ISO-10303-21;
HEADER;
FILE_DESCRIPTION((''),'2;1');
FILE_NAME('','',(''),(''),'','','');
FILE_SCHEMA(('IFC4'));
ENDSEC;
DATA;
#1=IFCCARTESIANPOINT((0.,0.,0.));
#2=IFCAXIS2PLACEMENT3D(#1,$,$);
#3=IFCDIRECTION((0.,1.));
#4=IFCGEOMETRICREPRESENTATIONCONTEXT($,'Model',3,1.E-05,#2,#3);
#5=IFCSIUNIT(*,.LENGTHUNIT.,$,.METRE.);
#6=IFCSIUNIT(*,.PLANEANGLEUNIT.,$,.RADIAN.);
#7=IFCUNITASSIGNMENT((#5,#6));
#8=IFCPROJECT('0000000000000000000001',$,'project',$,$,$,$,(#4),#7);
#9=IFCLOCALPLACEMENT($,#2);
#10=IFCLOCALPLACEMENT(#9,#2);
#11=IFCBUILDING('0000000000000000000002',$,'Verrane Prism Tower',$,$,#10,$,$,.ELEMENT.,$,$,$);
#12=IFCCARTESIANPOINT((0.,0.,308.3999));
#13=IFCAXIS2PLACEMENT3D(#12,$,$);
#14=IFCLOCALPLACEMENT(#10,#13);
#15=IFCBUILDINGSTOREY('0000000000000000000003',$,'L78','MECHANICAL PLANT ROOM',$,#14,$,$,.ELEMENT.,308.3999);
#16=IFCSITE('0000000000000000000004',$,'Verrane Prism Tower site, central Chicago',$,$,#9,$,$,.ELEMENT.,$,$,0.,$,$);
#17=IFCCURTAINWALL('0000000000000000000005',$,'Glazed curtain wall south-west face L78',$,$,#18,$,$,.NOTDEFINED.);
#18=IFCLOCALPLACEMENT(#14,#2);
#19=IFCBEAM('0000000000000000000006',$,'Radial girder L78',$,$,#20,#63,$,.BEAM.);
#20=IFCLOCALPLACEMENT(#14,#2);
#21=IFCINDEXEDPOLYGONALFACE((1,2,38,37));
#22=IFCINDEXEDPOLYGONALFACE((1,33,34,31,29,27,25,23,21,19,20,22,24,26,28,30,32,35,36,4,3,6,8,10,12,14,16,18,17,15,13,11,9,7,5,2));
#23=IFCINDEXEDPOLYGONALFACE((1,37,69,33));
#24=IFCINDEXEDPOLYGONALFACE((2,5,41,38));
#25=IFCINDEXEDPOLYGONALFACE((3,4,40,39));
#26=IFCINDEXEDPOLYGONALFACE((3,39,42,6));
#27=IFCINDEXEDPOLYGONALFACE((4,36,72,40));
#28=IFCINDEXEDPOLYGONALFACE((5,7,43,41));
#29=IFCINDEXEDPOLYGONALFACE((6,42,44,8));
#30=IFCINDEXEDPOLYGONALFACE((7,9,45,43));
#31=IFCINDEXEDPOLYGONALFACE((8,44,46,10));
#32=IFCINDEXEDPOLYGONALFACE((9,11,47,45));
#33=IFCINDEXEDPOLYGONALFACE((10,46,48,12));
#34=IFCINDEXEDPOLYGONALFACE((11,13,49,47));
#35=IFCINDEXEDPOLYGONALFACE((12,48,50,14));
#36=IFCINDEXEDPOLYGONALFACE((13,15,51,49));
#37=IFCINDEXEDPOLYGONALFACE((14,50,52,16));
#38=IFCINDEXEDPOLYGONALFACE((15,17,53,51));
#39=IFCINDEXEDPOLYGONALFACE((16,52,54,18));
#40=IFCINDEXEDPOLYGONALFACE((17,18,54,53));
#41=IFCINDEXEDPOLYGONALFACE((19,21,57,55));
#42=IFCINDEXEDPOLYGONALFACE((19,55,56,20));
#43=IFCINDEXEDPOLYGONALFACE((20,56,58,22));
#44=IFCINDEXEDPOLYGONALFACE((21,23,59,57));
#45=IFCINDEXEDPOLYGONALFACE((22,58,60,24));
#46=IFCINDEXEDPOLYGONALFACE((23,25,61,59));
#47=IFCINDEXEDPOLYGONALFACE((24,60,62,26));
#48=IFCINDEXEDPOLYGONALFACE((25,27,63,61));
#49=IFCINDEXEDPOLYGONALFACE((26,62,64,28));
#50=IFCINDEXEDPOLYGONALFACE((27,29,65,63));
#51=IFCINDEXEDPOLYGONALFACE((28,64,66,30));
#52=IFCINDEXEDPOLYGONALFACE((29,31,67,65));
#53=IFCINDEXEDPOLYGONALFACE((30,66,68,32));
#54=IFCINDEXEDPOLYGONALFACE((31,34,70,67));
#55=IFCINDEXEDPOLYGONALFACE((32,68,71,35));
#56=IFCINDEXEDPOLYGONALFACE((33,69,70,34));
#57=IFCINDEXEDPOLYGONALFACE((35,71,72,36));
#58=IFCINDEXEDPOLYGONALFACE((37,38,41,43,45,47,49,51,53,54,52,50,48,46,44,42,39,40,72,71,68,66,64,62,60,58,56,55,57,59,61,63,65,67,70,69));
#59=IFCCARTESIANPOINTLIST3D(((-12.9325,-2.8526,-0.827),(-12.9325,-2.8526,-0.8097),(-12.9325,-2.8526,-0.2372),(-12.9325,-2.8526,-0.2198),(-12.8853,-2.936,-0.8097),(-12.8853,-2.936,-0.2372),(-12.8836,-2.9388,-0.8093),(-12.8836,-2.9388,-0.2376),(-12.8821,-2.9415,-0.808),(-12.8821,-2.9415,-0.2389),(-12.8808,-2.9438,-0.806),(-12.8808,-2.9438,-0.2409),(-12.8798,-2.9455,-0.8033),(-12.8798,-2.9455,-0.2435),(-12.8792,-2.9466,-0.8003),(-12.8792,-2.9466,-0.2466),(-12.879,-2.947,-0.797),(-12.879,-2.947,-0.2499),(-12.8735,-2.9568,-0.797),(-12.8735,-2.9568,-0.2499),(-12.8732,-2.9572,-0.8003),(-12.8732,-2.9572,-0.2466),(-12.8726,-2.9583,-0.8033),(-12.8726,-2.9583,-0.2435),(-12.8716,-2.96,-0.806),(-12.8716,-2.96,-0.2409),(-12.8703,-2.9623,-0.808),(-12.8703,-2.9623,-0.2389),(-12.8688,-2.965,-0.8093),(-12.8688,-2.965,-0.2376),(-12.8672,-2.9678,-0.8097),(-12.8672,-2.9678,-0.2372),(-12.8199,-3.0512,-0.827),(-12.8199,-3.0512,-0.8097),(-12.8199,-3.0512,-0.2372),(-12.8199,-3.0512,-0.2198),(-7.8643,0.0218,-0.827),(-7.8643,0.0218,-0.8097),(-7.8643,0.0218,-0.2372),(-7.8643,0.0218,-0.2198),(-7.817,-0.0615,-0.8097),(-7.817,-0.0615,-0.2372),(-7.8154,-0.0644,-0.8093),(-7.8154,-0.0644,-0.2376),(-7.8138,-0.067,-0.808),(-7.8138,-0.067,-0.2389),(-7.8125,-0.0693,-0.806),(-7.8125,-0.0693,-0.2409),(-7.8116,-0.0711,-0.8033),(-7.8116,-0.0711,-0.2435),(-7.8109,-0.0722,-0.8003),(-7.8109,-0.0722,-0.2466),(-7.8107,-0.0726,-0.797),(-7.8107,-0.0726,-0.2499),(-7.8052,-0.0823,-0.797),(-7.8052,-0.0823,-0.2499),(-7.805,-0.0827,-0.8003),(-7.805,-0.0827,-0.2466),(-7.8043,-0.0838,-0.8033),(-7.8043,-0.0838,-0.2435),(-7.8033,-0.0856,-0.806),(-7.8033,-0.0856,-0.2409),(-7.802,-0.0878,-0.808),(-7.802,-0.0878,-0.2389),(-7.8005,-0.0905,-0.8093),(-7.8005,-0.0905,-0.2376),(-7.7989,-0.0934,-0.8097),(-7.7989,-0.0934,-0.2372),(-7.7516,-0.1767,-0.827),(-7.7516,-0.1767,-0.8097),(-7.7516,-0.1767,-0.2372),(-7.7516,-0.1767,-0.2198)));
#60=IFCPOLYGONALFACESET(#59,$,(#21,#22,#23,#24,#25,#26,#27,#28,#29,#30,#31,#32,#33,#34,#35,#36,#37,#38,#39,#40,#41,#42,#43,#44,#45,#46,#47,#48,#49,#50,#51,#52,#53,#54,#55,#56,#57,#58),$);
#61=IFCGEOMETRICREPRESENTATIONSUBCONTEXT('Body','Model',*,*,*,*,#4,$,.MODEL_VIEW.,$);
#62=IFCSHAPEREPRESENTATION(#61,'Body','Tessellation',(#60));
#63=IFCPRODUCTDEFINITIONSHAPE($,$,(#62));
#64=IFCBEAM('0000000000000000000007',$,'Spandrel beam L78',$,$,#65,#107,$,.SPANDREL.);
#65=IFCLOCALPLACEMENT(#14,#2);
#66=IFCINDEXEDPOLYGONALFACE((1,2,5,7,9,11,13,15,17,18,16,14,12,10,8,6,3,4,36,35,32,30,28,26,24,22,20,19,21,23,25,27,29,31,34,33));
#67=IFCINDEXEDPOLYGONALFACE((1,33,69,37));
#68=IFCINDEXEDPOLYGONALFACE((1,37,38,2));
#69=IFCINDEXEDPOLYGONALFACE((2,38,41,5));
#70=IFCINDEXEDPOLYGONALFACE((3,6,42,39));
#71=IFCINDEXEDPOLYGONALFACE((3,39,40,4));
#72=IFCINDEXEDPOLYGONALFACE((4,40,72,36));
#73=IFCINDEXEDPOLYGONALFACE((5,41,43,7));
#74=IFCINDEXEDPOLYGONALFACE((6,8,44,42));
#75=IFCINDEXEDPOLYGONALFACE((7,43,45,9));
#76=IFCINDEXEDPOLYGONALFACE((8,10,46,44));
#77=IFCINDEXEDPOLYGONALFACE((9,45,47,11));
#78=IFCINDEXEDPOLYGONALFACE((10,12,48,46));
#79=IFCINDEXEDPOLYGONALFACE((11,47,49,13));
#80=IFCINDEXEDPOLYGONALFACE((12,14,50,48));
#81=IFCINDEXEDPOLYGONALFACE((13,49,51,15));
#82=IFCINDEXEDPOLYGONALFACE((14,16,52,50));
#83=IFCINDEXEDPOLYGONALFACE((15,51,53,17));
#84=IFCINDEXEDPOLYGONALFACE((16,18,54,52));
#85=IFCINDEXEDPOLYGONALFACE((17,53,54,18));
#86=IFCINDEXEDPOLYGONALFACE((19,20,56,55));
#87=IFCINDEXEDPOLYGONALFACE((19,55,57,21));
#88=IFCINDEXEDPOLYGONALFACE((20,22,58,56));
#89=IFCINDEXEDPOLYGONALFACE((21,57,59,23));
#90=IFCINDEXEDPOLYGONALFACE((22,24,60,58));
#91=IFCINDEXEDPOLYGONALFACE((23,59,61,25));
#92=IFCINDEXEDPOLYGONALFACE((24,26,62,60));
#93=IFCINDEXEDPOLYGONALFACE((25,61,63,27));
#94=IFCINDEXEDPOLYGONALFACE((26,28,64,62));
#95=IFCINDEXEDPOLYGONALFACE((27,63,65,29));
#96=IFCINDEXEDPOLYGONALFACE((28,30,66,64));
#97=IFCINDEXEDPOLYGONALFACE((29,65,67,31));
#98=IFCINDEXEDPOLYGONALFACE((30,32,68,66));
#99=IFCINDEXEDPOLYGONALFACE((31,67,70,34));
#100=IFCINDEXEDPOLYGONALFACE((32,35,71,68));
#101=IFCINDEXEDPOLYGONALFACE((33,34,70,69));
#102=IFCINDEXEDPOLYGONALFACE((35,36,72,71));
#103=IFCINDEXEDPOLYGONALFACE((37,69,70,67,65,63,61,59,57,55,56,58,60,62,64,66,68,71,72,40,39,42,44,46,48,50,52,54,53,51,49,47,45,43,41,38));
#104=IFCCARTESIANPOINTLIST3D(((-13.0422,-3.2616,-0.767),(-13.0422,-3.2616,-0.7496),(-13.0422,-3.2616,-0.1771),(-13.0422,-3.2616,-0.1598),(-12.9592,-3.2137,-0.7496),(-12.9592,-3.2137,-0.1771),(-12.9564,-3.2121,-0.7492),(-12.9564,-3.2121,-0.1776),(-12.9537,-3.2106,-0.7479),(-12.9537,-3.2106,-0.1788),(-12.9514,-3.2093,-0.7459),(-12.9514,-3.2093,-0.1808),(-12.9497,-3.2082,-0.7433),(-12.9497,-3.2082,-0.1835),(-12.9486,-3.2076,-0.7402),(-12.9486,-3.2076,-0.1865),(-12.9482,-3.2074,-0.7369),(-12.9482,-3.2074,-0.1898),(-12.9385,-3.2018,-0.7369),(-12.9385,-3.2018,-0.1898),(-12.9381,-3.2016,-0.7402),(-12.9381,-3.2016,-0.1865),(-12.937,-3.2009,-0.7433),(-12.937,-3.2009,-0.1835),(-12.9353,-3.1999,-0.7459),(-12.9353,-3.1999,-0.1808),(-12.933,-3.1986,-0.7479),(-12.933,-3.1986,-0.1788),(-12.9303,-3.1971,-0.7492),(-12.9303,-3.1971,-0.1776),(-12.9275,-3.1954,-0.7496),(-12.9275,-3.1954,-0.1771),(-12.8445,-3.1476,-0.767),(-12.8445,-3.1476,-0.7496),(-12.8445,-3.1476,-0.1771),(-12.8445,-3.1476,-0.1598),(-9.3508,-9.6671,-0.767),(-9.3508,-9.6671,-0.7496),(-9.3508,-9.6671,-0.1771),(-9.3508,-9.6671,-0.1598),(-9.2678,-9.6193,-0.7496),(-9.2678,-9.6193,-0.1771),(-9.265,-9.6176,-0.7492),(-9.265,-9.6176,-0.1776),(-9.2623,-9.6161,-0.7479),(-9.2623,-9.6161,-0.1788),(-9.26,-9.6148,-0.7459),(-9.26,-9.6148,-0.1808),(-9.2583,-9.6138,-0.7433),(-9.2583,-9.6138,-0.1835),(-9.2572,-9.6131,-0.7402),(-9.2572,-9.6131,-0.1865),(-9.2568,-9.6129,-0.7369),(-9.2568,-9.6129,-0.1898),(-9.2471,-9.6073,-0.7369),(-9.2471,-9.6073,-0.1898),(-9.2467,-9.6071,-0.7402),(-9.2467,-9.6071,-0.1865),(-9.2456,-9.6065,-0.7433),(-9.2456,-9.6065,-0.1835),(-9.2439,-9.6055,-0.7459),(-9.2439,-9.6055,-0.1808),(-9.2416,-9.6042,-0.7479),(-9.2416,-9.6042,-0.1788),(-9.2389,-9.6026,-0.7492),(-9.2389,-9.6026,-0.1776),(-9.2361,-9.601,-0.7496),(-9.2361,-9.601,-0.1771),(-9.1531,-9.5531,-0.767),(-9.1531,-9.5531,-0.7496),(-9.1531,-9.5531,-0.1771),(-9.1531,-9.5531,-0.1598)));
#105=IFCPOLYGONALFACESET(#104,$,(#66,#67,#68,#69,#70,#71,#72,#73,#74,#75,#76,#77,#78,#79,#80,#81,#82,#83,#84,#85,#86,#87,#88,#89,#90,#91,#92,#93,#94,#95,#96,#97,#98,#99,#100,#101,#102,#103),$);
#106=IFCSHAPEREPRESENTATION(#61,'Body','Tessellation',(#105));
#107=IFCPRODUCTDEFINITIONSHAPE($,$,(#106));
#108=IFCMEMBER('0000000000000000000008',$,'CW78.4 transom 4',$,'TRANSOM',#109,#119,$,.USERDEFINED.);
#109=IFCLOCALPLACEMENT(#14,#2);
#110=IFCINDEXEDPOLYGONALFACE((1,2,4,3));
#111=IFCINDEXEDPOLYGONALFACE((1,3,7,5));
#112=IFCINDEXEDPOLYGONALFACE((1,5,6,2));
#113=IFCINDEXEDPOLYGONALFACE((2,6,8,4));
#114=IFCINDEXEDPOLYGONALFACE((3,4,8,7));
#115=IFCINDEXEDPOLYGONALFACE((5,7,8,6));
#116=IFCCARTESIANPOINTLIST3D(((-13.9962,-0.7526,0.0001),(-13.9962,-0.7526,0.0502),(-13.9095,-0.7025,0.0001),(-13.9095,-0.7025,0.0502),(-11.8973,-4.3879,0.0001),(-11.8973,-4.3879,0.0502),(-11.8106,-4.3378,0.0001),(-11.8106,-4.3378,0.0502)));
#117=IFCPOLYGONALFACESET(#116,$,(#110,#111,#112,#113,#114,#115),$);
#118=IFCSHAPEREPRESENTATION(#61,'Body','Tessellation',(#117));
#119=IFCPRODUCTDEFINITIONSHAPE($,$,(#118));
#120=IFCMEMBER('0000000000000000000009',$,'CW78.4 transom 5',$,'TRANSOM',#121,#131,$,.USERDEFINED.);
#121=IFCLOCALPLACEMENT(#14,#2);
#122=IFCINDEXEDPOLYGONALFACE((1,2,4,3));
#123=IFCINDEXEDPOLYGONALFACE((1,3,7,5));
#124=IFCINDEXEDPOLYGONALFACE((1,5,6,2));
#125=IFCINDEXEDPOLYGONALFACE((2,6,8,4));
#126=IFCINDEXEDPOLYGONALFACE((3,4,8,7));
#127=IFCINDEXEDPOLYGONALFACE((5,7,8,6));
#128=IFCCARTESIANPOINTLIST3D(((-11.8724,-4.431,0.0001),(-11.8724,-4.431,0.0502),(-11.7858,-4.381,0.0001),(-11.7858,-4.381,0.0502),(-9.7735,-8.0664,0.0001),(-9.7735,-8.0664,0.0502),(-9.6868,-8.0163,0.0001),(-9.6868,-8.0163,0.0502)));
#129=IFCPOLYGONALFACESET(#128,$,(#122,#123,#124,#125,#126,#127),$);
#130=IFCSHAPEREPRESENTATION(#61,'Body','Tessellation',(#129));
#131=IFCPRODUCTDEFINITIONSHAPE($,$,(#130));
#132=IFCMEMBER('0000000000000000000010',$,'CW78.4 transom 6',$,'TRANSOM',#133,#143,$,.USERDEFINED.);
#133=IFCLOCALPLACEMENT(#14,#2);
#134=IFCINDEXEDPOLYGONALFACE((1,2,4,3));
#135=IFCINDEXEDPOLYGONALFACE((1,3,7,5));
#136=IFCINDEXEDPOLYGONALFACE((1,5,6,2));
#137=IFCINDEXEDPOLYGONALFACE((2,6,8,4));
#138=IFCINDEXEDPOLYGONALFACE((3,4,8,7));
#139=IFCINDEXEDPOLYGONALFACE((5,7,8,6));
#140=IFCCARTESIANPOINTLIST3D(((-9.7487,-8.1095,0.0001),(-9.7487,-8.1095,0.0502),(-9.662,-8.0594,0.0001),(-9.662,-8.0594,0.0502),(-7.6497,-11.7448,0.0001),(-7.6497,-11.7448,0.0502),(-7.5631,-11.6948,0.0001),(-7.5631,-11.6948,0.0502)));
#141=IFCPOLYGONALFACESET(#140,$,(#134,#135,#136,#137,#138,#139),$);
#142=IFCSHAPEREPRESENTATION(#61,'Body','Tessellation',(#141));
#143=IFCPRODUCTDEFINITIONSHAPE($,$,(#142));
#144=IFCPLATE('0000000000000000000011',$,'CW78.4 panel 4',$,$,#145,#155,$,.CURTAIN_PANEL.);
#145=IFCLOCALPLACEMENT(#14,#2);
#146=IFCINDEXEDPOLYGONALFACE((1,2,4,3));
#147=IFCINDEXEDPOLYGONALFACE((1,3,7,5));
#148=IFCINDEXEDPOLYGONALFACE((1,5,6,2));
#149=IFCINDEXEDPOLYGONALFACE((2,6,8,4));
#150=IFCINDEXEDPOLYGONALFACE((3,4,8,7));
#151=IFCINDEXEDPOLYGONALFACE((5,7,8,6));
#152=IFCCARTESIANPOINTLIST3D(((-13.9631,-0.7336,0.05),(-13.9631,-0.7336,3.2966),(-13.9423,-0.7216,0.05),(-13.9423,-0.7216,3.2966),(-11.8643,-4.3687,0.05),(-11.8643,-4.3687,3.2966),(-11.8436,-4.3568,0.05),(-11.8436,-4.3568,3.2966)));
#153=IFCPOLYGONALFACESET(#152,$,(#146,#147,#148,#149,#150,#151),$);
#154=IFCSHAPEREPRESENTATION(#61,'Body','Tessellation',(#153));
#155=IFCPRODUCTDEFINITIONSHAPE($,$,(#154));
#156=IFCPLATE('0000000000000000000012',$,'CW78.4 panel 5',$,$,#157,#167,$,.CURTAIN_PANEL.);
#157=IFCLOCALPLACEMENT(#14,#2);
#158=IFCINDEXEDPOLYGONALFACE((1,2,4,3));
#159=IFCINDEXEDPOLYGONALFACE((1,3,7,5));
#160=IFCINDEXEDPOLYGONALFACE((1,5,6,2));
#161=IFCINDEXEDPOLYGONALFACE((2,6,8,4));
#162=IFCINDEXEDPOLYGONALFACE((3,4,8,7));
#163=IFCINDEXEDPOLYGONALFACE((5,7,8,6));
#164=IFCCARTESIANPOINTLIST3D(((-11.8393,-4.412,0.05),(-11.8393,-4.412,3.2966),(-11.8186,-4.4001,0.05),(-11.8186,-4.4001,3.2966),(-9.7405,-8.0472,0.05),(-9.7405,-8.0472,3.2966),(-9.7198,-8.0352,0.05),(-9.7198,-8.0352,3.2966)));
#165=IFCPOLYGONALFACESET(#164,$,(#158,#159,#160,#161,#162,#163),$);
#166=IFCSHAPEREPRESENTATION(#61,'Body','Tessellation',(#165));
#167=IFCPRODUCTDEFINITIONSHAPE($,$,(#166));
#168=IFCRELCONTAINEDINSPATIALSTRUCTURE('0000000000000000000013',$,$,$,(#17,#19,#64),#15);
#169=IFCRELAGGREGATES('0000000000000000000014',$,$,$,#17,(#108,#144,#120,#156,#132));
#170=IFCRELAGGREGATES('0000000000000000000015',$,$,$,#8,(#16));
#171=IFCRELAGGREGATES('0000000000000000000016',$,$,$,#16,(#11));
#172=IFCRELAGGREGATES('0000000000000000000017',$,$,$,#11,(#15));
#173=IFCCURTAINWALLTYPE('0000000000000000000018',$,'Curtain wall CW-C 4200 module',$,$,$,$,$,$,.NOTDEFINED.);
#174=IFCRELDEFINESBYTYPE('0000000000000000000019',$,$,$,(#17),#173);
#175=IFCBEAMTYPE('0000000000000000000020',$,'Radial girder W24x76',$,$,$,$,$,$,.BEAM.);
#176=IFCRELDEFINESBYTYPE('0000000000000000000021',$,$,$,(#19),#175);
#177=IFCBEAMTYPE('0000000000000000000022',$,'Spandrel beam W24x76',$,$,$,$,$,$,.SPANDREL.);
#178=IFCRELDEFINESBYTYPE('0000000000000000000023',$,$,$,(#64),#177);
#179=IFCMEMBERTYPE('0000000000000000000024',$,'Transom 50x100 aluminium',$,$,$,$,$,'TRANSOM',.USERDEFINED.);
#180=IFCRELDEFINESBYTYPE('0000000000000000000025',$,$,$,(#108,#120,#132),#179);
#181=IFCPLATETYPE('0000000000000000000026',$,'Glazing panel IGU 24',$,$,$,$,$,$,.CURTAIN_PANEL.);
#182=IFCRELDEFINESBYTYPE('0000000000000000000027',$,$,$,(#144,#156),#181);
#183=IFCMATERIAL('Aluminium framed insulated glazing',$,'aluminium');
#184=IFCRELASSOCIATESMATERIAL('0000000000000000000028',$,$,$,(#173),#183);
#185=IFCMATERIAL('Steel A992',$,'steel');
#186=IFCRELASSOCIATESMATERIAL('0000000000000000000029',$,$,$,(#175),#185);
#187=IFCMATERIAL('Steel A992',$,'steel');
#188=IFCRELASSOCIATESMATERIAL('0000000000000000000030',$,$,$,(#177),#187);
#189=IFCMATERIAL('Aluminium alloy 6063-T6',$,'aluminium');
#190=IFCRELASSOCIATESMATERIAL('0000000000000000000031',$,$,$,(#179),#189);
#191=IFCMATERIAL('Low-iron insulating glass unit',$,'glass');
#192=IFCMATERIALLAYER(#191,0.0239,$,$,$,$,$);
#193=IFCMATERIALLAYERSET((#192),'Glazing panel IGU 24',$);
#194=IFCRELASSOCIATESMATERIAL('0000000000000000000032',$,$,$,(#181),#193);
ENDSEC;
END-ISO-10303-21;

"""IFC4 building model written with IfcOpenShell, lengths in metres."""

from ifc_helpers import new_model, si_unit, direction, frame, origin, origin_2d, place, context, subcontext, project, spatial, rectangle, i_section, extrude, material, layer, layer_set, material_profile, profile_set, type_object, element, aggregate, save


model = new_model("IFC4")

# Units and contexts
model_context = context("Model", 3, precision=1e-05, world=origin(), true_north=direction((0.0, 1.0)))
body_context = subcontext(model_context, "Body", "Model", "MODEL_VIEW")
ifc_project = project(units=[si_unit("LENGTHUNIT", "METRE"), si_unit("PLANEANGLEUNIT", "RADIAN")], contexts=[model_context])

# Site, building, storey
site_placement = place(None, origin())
site = spatial("IfcSite", under=ifc_project, at=site_placement, Name="Verrane Prism Tower site, central Chicago", CompositionType="ELEMENT", RefElevation=0.0)
building_placement = place(site_placement, origin())
building = spatial("IfcBuilding", under=site, at=building_placement, Name="Verrane Prism Tower", CompositionType="ELEMENT")
storey_placement = place(building_placement, frame((0.0, 0.0, 308.3999)))
storey = spatial("IfcBuildingStorey", under=building, at=storey_placement, Name="L78", Description="MECHANICAL PLANT ROOM", CompositionType="ELEMENT", Elevation=308.3999)

# Curtain wall
ifc_material_1 = material(Name="Aluminium framed insulated glazing", Category="aluminium")
curtain_wall_type = type_object("IfcCurtainWallType", Name="Curtain wall CW-C 4200 module", PredefinedType="NOTDEFINED", material=ifc_material_1)
curtain_wall_placement = place(storey_placement, origin())
curtain_wall = element("IfcCurtainWall", 1, at=curtain_wall_placement, inside=storey, type_object=curtain_wall_type, Name="Glazed curtain wall south-west face L78", PredefinedType="NOTDEFINED")

# Beams
ifc_material_2 = material(Name="Steel A992", Category="steel")
ifc_material_profile_1 = material_profile(ifc_material_2, i_section(OverallWidth=0.2283, OverallDepth=0.6072, WebThickness=0.0112, FlangeThickness=0.0173, FilletRadius=0.0127, at=origin_2d()), Name="W24x76")
ifc_profile_set_1 = profile_set([ifc_material_profile_1], Name="Steel A992")
beam_type_1 = type_object("IfcBeamType", Name="Radial girder W24x76", PredefinedType="BEAM", material=ifc_profile_set_1)
beam_1_placement = place(storey_placement, frame((-12.8762, -2.9519, -0.5234), z_axis=(0.869842, 0.49333, 0.0), x_axis=(-0.49333, 0.869842, 0.0)))
element("IfcBeam", 2, at=beam_1_placement, inside=storey, type_object=beam_type_1, Name="Radial girder L78", PredefinedType="BEAM", context=body_context, shape_type="SweptSolid", body=[
    extrude(i_section(OverallWidth=0.2283, OverallDepth=0.6072, WebThickness=0.0112, FlangeThickness=0.0173, FilletRadius=0.0127, at=origin_2d()), origin(), (0.0, 0.0, 1.0), 5.8267),
])
ifc_material_3 = material(Name="Steel A992", Category="steel")
ifc_material_profile_2 = material_profile(ifc_material_3, i_section(OverallWidth=0.2283, OverallDepth=0.6072, WebThickness=0.0112, FlangeThickness=0.0173, FilletRadius=0.0127, at=origin_2d()), Name="W24x76")
ifc_profile_set_2 = profile_set([ifc_material_profile_2], Name="Steel A992")
beam_type_2 = type_object("IfcBeamType", Name="Spandrel beam W24x76", PredefinedType="SPANDREL", material=ifc_profile_set_2)
beam_2_placement = place(storey_placement, frame((-12.9434, -3.2046, -0.4634), z_axis=(0.499308, -0.866425, 0.0), x_axis=(0.866425, 0.499308, 0.0)))
element("IfcBeam", 3, at=beam_2_placement, inside=storey, type_object=beam_type_2, Name="Spandrel beam L78", PredefinedType="SPANDREL", context=body_context, shape_type="SweptSolid", body=[
    extrude(i_section(OverallWidth=0.2283, OverallDepth=0.6072, WebThickness=0.0112, FlangeThickness=0.0173, FilletRadius=0.0127, at=origin_2d()), origin(), (0.0, 0.0, 1.0), 7.3931),
])

# Members
ifc_material_4 = material(Name="Aluminium alloy 6063-T6", Category="aluminium")
ifc_material_profile_3 = material_profile(ifc_material_4, rectangle(XDim=0.1001, YDim=0.05, at=origin_2d()), Name="Transom 50x100 aluminium")
ifc_profile_set_3 = profile_set([ifc_material_profile_3], Name="Aluminium alloy 6063-T6")
member_type_1 = type_object("IfcMemberType", Name="Transom 50x100 aluminium", ElementType="TRANSOM", PredefinedType="USERDEFINED", material=ifc_profile_set_3)
member_1_placement = place(storey_placement, frame((-13.9529, -0.7275, 0.0251), z_axis=(0.500011, -0.866019, 0.0), x_axis=(0.866019, 0.500011, 0.0)))
member_1 = element("IfcMember", 4, at=member_1_placement, type_object=member_type_1, Name="CW78.4 transom 4", ObjectType="TRANSOM", PredefinedType="USERDEFINED", context=body_context, shape_type="SweptSolid", body=[
    extrude(rectangle(XDim=0.1001, YDim=0.05, at=origin_2d()), origin(), (0.0, 0.0, 1.0), 4.1978),
])
member_2_placement = place(storey_placement, frame((-11.8291, -4.406, 0.0251), z_axis=(0.500011, -0.866019, 0.0), x_axis=(0.866019, 0.500011, 0.0)))
member_2 = element("IfcMember", 5, at=member_2_placement, type_object=member_type_1, Name="CW78.4 transom 5", ObjectType="TRANSOM", PredefinedType="USERDEFINED", context=body_context, shape_type="SweptSolid", body=[
    extrude(rectangle(XDim=0.1001, YDim=0.05, at=origin_2d()), origin(), (0.0, 0.0, 1.0), 4.1978),
])
member_3_placement = place(storey_placement, frame((-9.7053, -8.0845, 0.0251), z_axis=(0.500011, -0.866019, 0.0), x_axis=(0.866019, 0.500011, 0.0)))
member_3 = element("IfcMember", 6, at=member_3_placement, type_object=member_type_1, Name="CW78.4 transom 6", ObjectType="TRANSOM", PredefinedType="USERDEFINED", context=body_context, shape_type="SweptSolid", body=[
    extrude(rectangle(XDim=0.1001, YDim=0.05, at=origin_2d()), origin(), (0.0, 0.0, 1.0), 4.1978),
])

# Plates
ifc_material_5 = material(Name="Low-iron insulating glass unit", Category="glass")
ifc_layer_1 = layer(ifc_material_5, 0.0239)
ifc_layer_set_1 = layer_set([ifc_layer_1], Name="Glazing panel IGU 24")
plate_type = type_object("IfcPlateType", Name="Glazing panel IGU 24", PredefinedType="CURTAIN_PANEL", material=ifc_layer_set_1)
plate_1_placement = place(storey_placement, frame((-12.9033, -2.5452, 0.05), z_axis=(0.0, 0.0, 1.0), x_axis=(0.5, -0.866025, 0.0)))
plate_1 = element("IfcPlate", 7, at=plate_1_placement, type_object=plate_type, Name="CW78.4 panel 4", PredefinedType="CURTAIN_PANEL", context=body_context, shape_type="SweptSolid", body=[
    extrude(rectangle(XDim=4.1975, YDim=0.0239, at=origin_2d()), origin(), (0.0, 0.0, 1.0), 3.2466),
])
plate_2_placement = place(storey_placement, frame((-10.7795, -6.2236, 0.05), z_axis=(0.0, 0.0, 1.0), x_axis=(0.5, -0.866025, 0.0)))
plate_2 = element("IfcPlate", 8, at=plate_2_placement, type_object=plate_type, Name="CW78.4 panel 5", PredefinedType="CURTAIN_PANEL", context=body_context, shape_type="SweptSolid", body=[
    extrude(rectangle(XDim=4.1975, YDim=0.0239, at=origin_2d()), origin(), (0.0, 0.0, 1.0), 3.2466),
])
aggregate(curtain_wall, [member_1, plate_1, member_2, plate_2, member_3])

save(model, "model.ifc")
